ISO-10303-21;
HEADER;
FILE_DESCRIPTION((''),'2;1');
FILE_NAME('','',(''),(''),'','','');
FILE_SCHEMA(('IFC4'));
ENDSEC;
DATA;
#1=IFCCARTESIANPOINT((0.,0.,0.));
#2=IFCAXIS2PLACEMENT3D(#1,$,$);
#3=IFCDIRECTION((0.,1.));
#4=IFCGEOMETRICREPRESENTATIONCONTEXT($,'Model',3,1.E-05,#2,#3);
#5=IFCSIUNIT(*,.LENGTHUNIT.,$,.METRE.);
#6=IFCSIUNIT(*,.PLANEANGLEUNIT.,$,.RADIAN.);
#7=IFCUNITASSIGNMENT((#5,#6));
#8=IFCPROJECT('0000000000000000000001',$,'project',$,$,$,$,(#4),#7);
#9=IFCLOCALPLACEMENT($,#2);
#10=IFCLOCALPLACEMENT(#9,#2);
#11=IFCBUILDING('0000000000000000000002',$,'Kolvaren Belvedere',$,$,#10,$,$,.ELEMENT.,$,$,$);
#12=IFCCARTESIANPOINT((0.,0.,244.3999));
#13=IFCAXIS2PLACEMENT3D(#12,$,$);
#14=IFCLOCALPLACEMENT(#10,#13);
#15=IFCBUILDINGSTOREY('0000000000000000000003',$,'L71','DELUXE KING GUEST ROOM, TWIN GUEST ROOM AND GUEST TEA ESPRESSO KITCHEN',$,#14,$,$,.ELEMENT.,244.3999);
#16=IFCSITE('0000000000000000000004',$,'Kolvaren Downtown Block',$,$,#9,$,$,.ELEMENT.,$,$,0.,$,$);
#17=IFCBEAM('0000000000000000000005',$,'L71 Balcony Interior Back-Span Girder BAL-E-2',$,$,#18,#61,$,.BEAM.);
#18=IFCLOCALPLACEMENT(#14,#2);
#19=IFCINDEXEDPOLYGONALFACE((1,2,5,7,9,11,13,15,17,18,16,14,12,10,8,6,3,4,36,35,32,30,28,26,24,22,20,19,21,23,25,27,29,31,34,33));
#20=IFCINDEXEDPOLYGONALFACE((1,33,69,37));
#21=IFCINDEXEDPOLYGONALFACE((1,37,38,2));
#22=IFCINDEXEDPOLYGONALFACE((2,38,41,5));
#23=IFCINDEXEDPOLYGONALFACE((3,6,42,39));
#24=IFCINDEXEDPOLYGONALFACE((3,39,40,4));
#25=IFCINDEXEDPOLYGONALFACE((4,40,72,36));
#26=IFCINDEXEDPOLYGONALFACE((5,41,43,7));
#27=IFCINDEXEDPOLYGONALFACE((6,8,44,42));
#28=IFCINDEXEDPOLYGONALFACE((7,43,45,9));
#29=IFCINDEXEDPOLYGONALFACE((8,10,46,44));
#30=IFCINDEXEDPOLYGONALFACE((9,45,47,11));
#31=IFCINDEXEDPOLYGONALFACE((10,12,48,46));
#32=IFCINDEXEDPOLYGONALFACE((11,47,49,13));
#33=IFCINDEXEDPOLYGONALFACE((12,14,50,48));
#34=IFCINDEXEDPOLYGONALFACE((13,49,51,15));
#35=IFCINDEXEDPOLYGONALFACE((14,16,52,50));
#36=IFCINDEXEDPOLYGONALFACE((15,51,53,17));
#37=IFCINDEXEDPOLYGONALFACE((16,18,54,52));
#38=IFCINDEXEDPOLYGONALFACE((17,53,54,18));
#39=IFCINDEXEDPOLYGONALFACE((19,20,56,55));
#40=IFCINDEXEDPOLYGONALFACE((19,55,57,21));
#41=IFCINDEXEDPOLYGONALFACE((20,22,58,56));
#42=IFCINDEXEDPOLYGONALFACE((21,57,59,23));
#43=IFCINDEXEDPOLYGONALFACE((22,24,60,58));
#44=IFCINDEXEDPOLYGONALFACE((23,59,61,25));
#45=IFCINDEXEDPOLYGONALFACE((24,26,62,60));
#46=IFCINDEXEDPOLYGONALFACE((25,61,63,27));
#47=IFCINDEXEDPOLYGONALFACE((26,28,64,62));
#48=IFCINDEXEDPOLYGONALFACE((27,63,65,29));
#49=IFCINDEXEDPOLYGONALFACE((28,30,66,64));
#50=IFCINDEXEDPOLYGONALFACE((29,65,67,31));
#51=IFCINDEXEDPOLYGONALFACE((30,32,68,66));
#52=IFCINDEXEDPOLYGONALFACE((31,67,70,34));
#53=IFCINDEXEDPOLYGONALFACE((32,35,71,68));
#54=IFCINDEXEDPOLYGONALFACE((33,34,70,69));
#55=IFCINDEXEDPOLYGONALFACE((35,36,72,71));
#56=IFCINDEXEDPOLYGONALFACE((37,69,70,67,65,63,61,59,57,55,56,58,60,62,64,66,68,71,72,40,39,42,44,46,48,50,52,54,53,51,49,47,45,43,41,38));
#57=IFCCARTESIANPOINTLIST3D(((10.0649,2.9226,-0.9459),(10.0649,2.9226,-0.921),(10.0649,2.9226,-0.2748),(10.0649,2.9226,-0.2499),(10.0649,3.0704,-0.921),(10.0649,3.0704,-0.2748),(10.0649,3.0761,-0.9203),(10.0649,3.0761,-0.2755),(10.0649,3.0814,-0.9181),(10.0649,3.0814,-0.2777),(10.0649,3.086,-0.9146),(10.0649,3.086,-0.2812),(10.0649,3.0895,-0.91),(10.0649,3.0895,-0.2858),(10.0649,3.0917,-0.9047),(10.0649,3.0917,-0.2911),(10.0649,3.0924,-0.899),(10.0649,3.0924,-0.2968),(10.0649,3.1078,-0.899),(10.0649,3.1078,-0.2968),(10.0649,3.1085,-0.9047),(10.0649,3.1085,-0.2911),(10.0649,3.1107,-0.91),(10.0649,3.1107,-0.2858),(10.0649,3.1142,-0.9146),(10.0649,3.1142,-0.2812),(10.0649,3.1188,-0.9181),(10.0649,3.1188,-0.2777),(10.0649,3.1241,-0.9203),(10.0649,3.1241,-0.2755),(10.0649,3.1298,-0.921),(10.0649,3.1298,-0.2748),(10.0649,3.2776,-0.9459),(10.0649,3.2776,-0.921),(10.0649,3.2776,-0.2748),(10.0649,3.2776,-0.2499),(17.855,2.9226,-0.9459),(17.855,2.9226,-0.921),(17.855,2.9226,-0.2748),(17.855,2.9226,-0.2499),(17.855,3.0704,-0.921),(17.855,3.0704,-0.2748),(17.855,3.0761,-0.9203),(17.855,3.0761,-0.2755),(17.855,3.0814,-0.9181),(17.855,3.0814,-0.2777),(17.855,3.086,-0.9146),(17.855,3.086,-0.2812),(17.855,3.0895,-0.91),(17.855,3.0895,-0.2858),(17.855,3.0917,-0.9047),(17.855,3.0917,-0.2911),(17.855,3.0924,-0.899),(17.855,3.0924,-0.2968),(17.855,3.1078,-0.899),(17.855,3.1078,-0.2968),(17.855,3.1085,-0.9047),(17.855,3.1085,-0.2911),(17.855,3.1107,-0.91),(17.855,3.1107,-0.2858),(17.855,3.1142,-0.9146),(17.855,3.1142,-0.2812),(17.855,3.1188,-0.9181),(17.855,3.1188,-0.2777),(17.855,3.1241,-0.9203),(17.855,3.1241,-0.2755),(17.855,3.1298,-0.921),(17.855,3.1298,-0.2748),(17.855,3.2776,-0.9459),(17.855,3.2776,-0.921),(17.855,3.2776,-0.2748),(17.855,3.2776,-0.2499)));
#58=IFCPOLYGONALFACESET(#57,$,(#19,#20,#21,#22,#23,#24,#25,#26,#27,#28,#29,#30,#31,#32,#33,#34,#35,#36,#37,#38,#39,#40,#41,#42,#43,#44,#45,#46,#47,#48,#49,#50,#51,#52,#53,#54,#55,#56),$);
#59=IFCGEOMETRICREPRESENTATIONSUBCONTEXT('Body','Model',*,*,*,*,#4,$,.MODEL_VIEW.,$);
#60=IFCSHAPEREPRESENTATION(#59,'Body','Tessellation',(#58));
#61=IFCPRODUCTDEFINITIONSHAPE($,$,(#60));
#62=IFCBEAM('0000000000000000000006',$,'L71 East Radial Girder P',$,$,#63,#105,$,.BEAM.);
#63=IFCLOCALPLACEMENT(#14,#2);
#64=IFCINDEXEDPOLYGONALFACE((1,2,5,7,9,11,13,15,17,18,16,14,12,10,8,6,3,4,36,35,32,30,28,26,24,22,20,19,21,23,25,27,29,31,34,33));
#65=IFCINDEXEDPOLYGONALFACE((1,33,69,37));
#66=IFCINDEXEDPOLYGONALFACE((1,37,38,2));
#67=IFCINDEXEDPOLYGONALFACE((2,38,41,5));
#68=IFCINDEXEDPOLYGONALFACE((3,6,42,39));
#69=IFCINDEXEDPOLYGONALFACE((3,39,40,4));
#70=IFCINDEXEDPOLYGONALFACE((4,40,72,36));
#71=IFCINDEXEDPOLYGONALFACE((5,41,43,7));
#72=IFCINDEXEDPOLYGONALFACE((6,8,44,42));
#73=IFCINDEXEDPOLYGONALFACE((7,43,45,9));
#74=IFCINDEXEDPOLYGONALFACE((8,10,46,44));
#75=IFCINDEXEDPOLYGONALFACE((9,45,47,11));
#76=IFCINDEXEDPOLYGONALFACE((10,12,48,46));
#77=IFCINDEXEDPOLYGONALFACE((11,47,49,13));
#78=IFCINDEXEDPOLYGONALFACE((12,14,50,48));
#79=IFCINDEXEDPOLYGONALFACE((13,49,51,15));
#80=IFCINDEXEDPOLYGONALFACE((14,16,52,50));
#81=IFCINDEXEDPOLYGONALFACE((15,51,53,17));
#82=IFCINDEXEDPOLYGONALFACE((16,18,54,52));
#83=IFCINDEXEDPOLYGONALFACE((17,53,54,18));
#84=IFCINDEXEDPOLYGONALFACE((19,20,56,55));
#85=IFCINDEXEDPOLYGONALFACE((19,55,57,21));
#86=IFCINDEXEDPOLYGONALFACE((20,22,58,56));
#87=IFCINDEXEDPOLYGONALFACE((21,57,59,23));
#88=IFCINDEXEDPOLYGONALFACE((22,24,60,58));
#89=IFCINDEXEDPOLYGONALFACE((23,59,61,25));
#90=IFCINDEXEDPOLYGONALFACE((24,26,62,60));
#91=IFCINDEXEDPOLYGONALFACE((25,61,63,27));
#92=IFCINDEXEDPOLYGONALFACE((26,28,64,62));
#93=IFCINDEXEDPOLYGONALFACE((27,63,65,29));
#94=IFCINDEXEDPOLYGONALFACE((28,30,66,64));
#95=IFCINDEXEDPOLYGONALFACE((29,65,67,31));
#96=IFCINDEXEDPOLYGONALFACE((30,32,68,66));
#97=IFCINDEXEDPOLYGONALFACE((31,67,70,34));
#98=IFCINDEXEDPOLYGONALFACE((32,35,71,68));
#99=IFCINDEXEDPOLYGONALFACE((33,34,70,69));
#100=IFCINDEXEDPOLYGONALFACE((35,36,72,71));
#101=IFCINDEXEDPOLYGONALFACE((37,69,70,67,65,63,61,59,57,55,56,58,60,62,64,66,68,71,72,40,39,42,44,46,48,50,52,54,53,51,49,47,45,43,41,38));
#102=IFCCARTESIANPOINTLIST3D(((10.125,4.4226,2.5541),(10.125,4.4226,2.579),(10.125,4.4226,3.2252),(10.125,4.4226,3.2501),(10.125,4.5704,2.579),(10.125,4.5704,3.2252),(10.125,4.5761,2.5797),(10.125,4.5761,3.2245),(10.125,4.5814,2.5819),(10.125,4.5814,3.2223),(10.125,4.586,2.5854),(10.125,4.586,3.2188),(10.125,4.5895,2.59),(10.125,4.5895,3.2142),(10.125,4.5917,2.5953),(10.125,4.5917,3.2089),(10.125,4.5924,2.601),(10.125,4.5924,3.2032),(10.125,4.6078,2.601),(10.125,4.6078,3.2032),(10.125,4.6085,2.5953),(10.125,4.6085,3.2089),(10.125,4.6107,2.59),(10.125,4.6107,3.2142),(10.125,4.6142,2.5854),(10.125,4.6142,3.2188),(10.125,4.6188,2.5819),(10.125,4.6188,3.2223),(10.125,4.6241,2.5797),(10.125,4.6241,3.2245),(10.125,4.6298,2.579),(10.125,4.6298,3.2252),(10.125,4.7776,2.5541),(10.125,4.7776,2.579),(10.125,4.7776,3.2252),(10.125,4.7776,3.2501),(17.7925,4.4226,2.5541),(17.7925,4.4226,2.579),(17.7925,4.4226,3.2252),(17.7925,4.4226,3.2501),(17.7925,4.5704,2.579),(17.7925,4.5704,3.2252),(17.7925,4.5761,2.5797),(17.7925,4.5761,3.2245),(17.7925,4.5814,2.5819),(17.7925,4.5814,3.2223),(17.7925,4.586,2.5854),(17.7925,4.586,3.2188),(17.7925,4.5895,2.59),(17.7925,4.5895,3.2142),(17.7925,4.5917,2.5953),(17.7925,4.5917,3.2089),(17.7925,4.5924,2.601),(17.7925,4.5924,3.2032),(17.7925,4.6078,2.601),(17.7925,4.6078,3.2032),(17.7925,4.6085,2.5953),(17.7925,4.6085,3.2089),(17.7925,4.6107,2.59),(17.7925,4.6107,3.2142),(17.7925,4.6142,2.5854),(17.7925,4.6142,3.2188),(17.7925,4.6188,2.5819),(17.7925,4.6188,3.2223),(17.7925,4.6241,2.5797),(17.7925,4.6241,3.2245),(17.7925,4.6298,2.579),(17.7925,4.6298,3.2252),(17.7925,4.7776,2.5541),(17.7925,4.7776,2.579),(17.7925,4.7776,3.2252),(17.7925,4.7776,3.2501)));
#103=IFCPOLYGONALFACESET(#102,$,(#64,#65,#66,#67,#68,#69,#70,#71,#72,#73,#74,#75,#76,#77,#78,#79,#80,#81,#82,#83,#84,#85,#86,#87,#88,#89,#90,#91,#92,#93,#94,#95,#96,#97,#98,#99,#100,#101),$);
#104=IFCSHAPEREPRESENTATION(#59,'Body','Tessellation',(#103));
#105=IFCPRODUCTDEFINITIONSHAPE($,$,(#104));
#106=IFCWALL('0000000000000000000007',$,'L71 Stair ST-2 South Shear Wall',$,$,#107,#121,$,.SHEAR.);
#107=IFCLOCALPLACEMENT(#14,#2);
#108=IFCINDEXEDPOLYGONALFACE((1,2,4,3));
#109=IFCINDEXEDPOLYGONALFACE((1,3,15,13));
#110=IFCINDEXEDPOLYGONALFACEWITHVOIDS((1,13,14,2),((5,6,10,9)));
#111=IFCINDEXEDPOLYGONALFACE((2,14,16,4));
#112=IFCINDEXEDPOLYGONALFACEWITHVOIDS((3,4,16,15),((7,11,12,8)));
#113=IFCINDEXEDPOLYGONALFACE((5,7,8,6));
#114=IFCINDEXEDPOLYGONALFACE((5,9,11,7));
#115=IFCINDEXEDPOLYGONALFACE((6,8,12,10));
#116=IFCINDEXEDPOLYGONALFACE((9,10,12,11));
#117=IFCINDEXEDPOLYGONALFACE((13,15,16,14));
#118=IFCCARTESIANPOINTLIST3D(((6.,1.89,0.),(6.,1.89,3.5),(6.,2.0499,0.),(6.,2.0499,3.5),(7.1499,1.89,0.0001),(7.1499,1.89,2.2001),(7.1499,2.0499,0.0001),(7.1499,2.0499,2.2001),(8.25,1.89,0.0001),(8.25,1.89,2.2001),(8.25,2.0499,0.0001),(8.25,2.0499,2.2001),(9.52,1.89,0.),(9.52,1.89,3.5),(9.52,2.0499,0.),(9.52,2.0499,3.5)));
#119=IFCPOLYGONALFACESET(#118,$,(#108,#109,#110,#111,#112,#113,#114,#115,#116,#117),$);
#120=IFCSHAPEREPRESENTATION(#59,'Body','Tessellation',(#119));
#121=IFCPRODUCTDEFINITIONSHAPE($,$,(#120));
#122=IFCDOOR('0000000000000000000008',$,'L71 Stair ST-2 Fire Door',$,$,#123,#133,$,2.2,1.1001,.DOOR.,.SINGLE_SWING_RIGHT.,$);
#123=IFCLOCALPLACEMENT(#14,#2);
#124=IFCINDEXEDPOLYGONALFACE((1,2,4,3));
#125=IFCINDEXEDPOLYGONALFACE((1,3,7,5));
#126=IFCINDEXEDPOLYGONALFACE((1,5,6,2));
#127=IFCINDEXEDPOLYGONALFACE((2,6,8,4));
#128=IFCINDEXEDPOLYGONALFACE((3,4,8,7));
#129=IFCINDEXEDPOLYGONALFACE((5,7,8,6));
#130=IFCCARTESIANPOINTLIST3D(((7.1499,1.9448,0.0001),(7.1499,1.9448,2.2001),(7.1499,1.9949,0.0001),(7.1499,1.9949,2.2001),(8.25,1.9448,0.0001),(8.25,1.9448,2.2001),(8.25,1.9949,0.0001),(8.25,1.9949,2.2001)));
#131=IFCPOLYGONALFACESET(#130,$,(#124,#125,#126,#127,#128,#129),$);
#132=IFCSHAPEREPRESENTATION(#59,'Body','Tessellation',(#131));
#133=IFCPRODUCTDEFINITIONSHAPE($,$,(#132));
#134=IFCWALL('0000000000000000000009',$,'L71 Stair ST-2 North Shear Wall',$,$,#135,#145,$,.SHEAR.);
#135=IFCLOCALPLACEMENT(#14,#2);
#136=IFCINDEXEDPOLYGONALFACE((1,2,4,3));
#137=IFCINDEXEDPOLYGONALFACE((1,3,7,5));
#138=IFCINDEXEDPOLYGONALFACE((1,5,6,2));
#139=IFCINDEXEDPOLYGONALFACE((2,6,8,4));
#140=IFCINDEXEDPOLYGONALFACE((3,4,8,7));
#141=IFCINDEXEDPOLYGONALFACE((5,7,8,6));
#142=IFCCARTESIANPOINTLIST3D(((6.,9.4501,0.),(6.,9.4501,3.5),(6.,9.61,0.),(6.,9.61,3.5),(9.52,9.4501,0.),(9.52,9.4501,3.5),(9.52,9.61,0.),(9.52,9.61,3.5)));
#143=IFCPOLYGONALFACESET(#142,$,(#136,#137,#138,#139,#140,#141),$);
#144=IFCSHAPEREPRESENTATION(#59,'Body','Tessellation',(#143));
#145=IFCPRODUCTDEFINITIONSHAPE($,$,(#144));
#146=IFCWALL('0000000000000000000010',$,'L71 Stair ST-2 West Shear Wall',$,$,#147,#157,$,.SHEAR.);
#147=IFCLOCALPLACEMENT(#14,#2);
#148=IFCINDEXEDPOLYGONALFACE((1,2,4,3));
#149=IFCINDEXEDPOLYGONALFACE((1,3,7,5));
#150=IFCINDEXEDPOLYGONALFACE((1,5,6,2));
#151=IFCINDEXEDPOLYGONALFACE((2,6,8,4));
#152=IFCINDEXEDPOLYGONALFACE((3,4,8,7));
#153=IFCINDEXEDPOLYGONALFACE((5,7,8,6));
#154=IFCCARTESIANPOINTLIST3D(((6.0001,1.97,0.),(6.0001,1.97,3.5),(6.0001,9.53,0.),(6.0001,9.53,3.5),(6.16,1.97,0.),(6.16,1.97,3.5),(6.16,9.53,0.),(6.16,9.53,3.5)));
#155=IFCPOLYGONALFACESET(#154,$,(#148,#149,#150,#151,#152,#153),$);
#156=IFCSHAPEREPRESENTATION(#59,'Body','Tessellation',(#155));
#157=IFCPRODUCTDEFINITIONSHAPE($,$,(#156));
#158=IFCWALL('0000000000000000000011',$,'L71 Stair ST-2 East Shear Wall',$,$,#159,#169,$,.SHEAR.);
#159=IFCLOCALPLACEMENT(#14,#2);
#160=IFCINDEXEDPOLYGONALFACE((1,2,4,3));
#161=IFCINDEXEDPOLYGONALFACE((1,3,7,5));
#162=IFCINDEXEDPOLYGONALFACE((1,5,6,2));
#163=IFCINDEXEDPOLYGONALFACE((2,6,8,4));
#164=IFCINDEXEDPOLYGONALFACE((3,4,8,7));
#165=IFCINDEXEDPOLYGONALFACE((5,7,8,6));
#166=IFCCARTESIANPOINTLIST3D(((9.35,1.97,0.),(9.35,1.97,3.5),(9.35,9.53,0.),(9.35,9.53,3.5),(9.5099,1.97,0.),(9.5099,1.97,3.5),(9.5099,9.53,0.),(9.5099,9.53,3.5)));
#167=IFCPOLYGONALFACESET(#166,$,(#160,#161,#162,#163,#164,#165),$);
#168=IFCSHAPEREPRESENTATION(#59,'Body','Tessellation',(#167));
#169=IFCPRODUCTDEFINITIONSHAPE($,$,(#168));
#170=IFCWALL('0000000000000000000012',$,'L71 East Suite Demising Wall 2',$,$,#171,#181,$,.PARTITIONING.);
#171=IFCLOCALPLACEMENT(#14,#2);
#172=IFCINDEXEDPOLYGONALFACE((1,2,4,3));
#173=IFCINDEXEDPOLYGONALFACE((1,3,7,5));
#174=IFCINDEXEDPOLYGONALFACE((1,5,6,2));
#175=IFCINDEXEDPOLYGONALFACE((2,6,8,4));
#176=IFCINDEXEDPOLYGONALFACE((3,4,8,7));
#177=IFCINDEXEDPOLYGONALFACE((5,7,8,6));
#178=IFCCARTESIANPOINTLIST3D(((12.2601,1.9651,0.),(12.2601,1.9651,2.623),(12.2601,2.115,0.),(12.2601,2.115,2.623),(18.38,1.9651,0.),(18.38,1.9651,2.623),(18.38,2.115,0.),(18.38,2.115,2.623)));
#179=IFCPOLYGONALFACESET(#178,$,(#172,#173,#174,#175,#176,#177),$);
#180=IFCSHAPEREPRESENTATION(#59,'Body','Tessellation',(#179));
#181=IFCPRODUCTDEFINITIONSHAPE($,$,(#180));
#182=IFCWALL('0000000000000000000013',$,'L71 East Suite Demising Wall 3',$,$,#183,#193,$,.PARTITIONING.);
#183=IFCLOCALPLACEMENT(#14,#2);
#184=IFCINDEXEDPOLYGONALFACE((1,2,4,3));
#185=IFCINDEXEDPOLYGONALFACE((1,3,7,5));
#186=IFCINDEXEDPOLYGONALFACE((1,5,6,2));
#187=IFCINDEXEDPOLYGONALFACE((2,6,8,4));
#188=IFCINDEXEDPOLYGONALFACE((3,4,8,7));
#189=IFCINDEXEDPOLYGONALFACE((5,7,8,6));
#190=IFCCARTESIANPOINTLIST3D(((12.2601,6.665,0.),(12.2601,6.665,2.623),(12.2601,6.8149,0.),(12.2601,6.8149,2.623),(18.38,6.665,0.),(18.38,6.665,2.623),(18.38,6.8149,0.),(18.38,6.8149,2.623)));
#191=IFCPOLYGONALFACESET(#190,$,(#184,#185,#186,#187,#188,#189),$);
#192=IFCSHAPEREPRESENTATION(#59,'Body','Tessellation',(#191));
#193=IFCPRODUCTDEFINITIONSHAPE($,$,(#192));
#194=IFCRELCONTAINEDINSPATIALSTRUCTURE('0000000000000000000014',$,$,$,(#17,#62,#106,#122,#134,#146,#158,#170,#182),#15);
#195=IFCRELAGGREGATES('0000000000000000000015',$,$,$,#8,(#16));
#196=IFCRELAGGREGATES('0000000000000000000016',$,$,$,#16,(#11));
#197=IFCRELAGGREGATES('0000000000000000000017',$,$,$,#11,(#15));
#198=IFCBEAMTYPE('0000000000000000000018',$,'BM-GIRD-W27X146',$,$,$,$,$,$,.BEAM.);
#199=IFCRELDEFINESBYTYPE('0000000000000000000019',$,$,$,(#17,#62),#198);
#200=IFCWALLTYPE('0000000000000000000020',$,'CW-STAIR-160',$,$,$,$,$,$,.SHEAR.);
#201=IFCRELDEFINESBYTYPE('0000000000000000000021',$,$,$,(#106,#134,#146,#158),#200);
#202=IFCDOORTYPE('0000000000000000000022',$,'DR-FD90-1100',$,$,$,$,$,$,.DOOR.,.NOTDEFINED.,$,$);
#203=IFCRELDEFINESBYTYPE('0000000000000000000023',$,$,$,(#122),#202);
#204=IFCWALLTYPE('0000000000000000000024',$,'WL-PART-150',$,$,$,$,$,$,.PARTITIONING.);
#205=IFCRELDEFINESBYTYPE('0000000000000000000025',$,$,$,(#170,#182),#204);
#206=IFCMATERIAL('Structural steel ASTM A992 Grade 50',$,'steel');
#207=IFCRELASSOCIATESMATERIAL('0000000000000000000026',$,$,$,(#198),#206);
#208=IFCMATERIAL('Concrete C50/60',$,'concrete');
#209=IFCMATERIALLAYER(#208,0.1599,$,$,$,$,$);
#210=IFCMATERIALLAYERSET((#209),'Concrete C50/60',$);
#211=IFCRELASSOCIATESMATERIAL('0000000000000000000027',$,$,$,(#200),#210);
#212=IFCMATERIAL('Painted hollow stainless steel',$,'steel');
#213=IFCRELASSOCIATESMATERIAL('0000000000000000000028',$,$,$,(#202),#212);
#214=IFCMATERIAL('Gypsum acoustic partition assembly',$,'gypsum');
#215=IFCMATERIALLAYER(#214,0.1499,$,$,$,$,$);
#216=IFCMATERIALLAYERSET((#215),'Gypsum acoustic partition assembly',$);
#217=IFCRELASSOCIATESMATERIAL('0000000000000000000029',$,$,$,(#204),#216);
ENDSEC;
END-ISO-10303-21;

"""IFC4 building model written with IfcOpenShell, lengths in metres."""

from ifc_helpers import new_model, si_unit, direction, frame, frame_2d, origin, origin_2d, place, context, subcontext, project, spatial, rectangle, i_section, extrude, material, layer, layer_set, material_profile, profile_set, type_object, element, fill, save


model = new_model("IFC4")

# Units and contexts
model_context = context("Model", 3, precision=1e-05, world=origin(), true_north=direction((0.0, 1.0)))
body_context = subcontext(model_context, "Body", "Model", "MODEL_VIEW")
ifc_project = project(units=[si_unit("LENGTHUNIT", "METRE"), si_unit("PLANEANGLEUNIT", "RADIAN")], contexts=[model_context])

# Site, building, storey
site_placement = place(None, origin())
site = spatial("IfcSite", under=ifc_project, at=site_placement, Name="Kolvaren Downtown Block", CompositionType="ELEMENT", RefElevation=0.0)
building_placement = place(site_placement, origin())
building = spatial("IfcBuilding", under=site, at=building_placement, Name="Kolvaren Belvedere", CompositionType="ELEMENT")
storey_placement = place(building_placement, frame((0.0, 0.0, 244.3999)))
storey = spatial("IfcBuildingStorey", under=building, at=storey_placement, Name="L71", Description="DELUXE KING GUEST ROOM, TWIN GUEST ROOM AND GUEST TEA ESPRESSO KITCHEN", CompositionType="ELEMENT", Elevation=244.3999)

# Beams
ifc_material_1 = material(Name="Structural steel ASTM A992 Grade 50", Category="steel")
ifc_material_profile = material_profile(ifc_material_1, i_section(OverallWidth=0.355, OverallDepth=0.696, WebThickness=0.0154, FlangeThickness=0.0249, FilletRadius=0.022, at=origin_2d()), Name="W27X146")
ifc_profile_set = profile_set([ifc_material_profile], Name="Structural steel ASTM A992 Grade 50")
beam_type = type_object("IfcBeamType", Name="BM-GIRD-W27X146", PredefinedType="BEAM", material=ifc_profile_set)
beam_1_placement = place(storey_placement, frame((10.0649, 3.1001, -0.5979), z_axis=(1.0, 0.0, 0.0), x_axis=(0.0, 1.0, 0.0)))
element("IfcBeam", 1, at=beam_1_placement, inside=storey, type_object=beam_type, Name="L71 Balcony Interior Back-Span Girder BAL-E-2", PredefinedType="BEAM", context=body_context, shape_type="SweptSolid", body=[
    extrude(i_section(OverallWidth=0.355, OverallDepth=0.696, WebThickness=0.0154, FlangeThickness=0.0249, FilletRadius=0.022, at=origin_2d()), origin(), (0.0, 0.0, 1.0), 7.79),
])
beam_2_placement = place(storey_placement, frame((10.125, 4.6001, 2.9021), z_axis=(1.0, 0.0, 0.0), x_axis=(0.0, 1.0, 0.0)))
element("IfcBeam", 2, at=beam_2_placement, inside=storey, type_object=beam_type, Name="L71 East Radial Girder P", PredefinedType="BEAM", context=body_context, shape_type="SweptSolid", body=[
    extrude(i_section(OverallWidth=0.355, OverallDepth=0.696, WebThickness=0.0154, FlangeThickness=0.0249, FilletRadius=0.022, at=origin_2d()), origin(), (0.0, 0.0, 1.0), 7.6675),
])

# Wall, opening, door
ifc_material_2 = material(Name="Concrete C50/60", Category="concrete")
ifc_layer_1 = layer(ifc_material_2, 0.1599)
ifc_layer_set_1 = layer_set([ifc_layer_1], Name="Concrete C50/60")
wall_type_1 = type_object("IfcWallType", Name="CW-STAIR-160", PredefinedType="SHEAR", material=ifc_layer_set_1)
wall_1_placement = place(storey_placement, frame((6.0, 1.97, 0.0), z_axis=(0.0, 0.0, 1.0), x_axis=(1.0, 0.0, 0.0)))
wall_1 = element("IfcWall", 3, at=wall_1_placement, inside=storey, type_object=wall_type_1, Name="L71 Stair ST-2 South Shear Wall", PredefinedType="SHEAR", context=body_context, shape_type="SweptSolid", body=[
    extrude(rectangle(XDim=3.52, YDim=0.1599, at=frame_2d((1.76, 0.0))), origin(), (0.0, 0.0, 1.0), 3.5),
])
opening_1_placement = place(wall_1_placement, frame((1.1499, 0.0, 0.0)))
opening_1 = element("IfcOpeningElement", 4, at=opening_1_placement, cuts=wall_1, PredefinedType="OPENING", context=body_context, shape_type="SweptSolid", body=[
    extrude(rectangle(XDim=1.1001, YDim=2.2, at=frame_2d((0.55, 1.1001))), frame((0.0, 0.0898, 0.0), z_axis=(0.0, -1.0, 0.0), x_axis=(1.0, 0.0, 0.0)), (0.0, 0.0, 1.0), 0.1799),
])
ifc_material_3 = material(Name="Painted hollow stainless steel", Category="steel")
door_type_1 = type_object("IfcDoorType", Name="DR-FD90-1100", OperationType="NOTDEFINED", PredefinedType="DOOR", material=ifc_material_3)
door_1_placement = place(opening_1_placement, origin())
door_1 = element("IfcDoor", 5, at=door_1_placement, inside=storey, type_object=door_type_1, Name="L71 Stair ST-2 Fire Door", OperationType="SINGLE_SWING_RIGHT", OverallHeight=2.2, OverallWidth=1.1001, PredefinedType="DOOR", context=body_context, shape_type="SweptSolid", body=[
    extrude(rectangle(XDim=1.1001, YDim=2.2, at=frame_2d((0.55, 1.1001))), frame((0.0, 0.0249, 0.0), z_axis=(0.0, -1.0, 0.0), x_axis=(1.0, 0.0, 0.0)), (0.0, 0.0, 1.0), 0.05),
])
fill(opening_1, door_1)

# Walls
wall_2_placement = place(storey_placement, frame((6.0, 9.53, 0.0), z_axis=(0.0, 0.0, 1.0), x_axis=(1.0, 0.0, 0.0)))
element("IfcWall", 6, at=wall_2_placement, inside=storey, type_object=wall_type_1, Name="L71 Stair ST-2 North Shear Wall", PredefinedType="SHEAR", context=body_context, shape_type="SweptSolid", body=[
    extrude(rectangle(XDim=3.52, YDim=0.1599, at=frame_2d((1.76, 0.0))), origin(), (0.0, 0.0, 1.0), 3.5),
])
for number, where, z_axis, x_axis, name in (
    (7, (6.0801, 1.97, 0.0), (0.0, 0.0, 1.0), (0.0, 1.0, 0.0), "L71 Stair ST-2 West Shear Wall"),
    (8, (9.4299, 1.97, 0.0), (0.0, 0.0, 1.0), (0.0, 1.0, 0.0), "L71 Stair ST-2 East Shear Wall"),
):
    element("IfcWall", number, at=place(storey_placement, frame(where, z_axis=z_axis, x_axis=x_axis)), inside=storey, type_object=wall_type_1, Name=name, PredefinedType="SHEAR", context=body_context, shape_type="SweptSolid", body=[
        extrude(rectangle(XDim=7.5601, YDim=0.1599, at=frame_2d((3.78, 0.0))), origin(), (0.0, 0.0, 1.0), 3.5),
    ])
ifc_material_4 = material(Name="Gypsum acoustic partition assembly", Category="gypsum")
ifc_layer_2 = layer(ifc_material_4, 0.1499)
ifc_layer_set_2 = layer_set([ifc_layer_2], Name="Gypsum acoustic partition assembly")
wall_type_2 = type_object("IfcWallType", Name="WL-PART-150", PredefinedType="PARTITIONING", material=ifc_layer_set_2)
for number, where, z_axis, x_axis, name in (
    (9, (12.26, 2.04, 0.0), (0.0, 0.0, 1.0), (1.0, 0.0, 0.0), "L71 East Suite Demising Wall 2"),
    (10, (12.26, 6.74, 0.0), (0.0, 0.0, 1.0), (1.0, 0.0, 0.0), "L71 East Suite Demising Wall 3"),
):
    element("IfcWall", number, at=place(storey_placement, frame(where, z_axis=z_axis, x_axis=x_axis)), inside=storey, type_object=wall_type_2, Name=name, PredefinedType="PARTITIONING", context=body_context, shape_type="SweptSolid", body=[
        extrude(rectangle(XDim=6.1199, YDim=0.1499, at=frame_2d((3.0601, 0.0))), origin(), (0.0, 0.0, 1.0), 2.623),
    ])

save(model, "model.ifc")
